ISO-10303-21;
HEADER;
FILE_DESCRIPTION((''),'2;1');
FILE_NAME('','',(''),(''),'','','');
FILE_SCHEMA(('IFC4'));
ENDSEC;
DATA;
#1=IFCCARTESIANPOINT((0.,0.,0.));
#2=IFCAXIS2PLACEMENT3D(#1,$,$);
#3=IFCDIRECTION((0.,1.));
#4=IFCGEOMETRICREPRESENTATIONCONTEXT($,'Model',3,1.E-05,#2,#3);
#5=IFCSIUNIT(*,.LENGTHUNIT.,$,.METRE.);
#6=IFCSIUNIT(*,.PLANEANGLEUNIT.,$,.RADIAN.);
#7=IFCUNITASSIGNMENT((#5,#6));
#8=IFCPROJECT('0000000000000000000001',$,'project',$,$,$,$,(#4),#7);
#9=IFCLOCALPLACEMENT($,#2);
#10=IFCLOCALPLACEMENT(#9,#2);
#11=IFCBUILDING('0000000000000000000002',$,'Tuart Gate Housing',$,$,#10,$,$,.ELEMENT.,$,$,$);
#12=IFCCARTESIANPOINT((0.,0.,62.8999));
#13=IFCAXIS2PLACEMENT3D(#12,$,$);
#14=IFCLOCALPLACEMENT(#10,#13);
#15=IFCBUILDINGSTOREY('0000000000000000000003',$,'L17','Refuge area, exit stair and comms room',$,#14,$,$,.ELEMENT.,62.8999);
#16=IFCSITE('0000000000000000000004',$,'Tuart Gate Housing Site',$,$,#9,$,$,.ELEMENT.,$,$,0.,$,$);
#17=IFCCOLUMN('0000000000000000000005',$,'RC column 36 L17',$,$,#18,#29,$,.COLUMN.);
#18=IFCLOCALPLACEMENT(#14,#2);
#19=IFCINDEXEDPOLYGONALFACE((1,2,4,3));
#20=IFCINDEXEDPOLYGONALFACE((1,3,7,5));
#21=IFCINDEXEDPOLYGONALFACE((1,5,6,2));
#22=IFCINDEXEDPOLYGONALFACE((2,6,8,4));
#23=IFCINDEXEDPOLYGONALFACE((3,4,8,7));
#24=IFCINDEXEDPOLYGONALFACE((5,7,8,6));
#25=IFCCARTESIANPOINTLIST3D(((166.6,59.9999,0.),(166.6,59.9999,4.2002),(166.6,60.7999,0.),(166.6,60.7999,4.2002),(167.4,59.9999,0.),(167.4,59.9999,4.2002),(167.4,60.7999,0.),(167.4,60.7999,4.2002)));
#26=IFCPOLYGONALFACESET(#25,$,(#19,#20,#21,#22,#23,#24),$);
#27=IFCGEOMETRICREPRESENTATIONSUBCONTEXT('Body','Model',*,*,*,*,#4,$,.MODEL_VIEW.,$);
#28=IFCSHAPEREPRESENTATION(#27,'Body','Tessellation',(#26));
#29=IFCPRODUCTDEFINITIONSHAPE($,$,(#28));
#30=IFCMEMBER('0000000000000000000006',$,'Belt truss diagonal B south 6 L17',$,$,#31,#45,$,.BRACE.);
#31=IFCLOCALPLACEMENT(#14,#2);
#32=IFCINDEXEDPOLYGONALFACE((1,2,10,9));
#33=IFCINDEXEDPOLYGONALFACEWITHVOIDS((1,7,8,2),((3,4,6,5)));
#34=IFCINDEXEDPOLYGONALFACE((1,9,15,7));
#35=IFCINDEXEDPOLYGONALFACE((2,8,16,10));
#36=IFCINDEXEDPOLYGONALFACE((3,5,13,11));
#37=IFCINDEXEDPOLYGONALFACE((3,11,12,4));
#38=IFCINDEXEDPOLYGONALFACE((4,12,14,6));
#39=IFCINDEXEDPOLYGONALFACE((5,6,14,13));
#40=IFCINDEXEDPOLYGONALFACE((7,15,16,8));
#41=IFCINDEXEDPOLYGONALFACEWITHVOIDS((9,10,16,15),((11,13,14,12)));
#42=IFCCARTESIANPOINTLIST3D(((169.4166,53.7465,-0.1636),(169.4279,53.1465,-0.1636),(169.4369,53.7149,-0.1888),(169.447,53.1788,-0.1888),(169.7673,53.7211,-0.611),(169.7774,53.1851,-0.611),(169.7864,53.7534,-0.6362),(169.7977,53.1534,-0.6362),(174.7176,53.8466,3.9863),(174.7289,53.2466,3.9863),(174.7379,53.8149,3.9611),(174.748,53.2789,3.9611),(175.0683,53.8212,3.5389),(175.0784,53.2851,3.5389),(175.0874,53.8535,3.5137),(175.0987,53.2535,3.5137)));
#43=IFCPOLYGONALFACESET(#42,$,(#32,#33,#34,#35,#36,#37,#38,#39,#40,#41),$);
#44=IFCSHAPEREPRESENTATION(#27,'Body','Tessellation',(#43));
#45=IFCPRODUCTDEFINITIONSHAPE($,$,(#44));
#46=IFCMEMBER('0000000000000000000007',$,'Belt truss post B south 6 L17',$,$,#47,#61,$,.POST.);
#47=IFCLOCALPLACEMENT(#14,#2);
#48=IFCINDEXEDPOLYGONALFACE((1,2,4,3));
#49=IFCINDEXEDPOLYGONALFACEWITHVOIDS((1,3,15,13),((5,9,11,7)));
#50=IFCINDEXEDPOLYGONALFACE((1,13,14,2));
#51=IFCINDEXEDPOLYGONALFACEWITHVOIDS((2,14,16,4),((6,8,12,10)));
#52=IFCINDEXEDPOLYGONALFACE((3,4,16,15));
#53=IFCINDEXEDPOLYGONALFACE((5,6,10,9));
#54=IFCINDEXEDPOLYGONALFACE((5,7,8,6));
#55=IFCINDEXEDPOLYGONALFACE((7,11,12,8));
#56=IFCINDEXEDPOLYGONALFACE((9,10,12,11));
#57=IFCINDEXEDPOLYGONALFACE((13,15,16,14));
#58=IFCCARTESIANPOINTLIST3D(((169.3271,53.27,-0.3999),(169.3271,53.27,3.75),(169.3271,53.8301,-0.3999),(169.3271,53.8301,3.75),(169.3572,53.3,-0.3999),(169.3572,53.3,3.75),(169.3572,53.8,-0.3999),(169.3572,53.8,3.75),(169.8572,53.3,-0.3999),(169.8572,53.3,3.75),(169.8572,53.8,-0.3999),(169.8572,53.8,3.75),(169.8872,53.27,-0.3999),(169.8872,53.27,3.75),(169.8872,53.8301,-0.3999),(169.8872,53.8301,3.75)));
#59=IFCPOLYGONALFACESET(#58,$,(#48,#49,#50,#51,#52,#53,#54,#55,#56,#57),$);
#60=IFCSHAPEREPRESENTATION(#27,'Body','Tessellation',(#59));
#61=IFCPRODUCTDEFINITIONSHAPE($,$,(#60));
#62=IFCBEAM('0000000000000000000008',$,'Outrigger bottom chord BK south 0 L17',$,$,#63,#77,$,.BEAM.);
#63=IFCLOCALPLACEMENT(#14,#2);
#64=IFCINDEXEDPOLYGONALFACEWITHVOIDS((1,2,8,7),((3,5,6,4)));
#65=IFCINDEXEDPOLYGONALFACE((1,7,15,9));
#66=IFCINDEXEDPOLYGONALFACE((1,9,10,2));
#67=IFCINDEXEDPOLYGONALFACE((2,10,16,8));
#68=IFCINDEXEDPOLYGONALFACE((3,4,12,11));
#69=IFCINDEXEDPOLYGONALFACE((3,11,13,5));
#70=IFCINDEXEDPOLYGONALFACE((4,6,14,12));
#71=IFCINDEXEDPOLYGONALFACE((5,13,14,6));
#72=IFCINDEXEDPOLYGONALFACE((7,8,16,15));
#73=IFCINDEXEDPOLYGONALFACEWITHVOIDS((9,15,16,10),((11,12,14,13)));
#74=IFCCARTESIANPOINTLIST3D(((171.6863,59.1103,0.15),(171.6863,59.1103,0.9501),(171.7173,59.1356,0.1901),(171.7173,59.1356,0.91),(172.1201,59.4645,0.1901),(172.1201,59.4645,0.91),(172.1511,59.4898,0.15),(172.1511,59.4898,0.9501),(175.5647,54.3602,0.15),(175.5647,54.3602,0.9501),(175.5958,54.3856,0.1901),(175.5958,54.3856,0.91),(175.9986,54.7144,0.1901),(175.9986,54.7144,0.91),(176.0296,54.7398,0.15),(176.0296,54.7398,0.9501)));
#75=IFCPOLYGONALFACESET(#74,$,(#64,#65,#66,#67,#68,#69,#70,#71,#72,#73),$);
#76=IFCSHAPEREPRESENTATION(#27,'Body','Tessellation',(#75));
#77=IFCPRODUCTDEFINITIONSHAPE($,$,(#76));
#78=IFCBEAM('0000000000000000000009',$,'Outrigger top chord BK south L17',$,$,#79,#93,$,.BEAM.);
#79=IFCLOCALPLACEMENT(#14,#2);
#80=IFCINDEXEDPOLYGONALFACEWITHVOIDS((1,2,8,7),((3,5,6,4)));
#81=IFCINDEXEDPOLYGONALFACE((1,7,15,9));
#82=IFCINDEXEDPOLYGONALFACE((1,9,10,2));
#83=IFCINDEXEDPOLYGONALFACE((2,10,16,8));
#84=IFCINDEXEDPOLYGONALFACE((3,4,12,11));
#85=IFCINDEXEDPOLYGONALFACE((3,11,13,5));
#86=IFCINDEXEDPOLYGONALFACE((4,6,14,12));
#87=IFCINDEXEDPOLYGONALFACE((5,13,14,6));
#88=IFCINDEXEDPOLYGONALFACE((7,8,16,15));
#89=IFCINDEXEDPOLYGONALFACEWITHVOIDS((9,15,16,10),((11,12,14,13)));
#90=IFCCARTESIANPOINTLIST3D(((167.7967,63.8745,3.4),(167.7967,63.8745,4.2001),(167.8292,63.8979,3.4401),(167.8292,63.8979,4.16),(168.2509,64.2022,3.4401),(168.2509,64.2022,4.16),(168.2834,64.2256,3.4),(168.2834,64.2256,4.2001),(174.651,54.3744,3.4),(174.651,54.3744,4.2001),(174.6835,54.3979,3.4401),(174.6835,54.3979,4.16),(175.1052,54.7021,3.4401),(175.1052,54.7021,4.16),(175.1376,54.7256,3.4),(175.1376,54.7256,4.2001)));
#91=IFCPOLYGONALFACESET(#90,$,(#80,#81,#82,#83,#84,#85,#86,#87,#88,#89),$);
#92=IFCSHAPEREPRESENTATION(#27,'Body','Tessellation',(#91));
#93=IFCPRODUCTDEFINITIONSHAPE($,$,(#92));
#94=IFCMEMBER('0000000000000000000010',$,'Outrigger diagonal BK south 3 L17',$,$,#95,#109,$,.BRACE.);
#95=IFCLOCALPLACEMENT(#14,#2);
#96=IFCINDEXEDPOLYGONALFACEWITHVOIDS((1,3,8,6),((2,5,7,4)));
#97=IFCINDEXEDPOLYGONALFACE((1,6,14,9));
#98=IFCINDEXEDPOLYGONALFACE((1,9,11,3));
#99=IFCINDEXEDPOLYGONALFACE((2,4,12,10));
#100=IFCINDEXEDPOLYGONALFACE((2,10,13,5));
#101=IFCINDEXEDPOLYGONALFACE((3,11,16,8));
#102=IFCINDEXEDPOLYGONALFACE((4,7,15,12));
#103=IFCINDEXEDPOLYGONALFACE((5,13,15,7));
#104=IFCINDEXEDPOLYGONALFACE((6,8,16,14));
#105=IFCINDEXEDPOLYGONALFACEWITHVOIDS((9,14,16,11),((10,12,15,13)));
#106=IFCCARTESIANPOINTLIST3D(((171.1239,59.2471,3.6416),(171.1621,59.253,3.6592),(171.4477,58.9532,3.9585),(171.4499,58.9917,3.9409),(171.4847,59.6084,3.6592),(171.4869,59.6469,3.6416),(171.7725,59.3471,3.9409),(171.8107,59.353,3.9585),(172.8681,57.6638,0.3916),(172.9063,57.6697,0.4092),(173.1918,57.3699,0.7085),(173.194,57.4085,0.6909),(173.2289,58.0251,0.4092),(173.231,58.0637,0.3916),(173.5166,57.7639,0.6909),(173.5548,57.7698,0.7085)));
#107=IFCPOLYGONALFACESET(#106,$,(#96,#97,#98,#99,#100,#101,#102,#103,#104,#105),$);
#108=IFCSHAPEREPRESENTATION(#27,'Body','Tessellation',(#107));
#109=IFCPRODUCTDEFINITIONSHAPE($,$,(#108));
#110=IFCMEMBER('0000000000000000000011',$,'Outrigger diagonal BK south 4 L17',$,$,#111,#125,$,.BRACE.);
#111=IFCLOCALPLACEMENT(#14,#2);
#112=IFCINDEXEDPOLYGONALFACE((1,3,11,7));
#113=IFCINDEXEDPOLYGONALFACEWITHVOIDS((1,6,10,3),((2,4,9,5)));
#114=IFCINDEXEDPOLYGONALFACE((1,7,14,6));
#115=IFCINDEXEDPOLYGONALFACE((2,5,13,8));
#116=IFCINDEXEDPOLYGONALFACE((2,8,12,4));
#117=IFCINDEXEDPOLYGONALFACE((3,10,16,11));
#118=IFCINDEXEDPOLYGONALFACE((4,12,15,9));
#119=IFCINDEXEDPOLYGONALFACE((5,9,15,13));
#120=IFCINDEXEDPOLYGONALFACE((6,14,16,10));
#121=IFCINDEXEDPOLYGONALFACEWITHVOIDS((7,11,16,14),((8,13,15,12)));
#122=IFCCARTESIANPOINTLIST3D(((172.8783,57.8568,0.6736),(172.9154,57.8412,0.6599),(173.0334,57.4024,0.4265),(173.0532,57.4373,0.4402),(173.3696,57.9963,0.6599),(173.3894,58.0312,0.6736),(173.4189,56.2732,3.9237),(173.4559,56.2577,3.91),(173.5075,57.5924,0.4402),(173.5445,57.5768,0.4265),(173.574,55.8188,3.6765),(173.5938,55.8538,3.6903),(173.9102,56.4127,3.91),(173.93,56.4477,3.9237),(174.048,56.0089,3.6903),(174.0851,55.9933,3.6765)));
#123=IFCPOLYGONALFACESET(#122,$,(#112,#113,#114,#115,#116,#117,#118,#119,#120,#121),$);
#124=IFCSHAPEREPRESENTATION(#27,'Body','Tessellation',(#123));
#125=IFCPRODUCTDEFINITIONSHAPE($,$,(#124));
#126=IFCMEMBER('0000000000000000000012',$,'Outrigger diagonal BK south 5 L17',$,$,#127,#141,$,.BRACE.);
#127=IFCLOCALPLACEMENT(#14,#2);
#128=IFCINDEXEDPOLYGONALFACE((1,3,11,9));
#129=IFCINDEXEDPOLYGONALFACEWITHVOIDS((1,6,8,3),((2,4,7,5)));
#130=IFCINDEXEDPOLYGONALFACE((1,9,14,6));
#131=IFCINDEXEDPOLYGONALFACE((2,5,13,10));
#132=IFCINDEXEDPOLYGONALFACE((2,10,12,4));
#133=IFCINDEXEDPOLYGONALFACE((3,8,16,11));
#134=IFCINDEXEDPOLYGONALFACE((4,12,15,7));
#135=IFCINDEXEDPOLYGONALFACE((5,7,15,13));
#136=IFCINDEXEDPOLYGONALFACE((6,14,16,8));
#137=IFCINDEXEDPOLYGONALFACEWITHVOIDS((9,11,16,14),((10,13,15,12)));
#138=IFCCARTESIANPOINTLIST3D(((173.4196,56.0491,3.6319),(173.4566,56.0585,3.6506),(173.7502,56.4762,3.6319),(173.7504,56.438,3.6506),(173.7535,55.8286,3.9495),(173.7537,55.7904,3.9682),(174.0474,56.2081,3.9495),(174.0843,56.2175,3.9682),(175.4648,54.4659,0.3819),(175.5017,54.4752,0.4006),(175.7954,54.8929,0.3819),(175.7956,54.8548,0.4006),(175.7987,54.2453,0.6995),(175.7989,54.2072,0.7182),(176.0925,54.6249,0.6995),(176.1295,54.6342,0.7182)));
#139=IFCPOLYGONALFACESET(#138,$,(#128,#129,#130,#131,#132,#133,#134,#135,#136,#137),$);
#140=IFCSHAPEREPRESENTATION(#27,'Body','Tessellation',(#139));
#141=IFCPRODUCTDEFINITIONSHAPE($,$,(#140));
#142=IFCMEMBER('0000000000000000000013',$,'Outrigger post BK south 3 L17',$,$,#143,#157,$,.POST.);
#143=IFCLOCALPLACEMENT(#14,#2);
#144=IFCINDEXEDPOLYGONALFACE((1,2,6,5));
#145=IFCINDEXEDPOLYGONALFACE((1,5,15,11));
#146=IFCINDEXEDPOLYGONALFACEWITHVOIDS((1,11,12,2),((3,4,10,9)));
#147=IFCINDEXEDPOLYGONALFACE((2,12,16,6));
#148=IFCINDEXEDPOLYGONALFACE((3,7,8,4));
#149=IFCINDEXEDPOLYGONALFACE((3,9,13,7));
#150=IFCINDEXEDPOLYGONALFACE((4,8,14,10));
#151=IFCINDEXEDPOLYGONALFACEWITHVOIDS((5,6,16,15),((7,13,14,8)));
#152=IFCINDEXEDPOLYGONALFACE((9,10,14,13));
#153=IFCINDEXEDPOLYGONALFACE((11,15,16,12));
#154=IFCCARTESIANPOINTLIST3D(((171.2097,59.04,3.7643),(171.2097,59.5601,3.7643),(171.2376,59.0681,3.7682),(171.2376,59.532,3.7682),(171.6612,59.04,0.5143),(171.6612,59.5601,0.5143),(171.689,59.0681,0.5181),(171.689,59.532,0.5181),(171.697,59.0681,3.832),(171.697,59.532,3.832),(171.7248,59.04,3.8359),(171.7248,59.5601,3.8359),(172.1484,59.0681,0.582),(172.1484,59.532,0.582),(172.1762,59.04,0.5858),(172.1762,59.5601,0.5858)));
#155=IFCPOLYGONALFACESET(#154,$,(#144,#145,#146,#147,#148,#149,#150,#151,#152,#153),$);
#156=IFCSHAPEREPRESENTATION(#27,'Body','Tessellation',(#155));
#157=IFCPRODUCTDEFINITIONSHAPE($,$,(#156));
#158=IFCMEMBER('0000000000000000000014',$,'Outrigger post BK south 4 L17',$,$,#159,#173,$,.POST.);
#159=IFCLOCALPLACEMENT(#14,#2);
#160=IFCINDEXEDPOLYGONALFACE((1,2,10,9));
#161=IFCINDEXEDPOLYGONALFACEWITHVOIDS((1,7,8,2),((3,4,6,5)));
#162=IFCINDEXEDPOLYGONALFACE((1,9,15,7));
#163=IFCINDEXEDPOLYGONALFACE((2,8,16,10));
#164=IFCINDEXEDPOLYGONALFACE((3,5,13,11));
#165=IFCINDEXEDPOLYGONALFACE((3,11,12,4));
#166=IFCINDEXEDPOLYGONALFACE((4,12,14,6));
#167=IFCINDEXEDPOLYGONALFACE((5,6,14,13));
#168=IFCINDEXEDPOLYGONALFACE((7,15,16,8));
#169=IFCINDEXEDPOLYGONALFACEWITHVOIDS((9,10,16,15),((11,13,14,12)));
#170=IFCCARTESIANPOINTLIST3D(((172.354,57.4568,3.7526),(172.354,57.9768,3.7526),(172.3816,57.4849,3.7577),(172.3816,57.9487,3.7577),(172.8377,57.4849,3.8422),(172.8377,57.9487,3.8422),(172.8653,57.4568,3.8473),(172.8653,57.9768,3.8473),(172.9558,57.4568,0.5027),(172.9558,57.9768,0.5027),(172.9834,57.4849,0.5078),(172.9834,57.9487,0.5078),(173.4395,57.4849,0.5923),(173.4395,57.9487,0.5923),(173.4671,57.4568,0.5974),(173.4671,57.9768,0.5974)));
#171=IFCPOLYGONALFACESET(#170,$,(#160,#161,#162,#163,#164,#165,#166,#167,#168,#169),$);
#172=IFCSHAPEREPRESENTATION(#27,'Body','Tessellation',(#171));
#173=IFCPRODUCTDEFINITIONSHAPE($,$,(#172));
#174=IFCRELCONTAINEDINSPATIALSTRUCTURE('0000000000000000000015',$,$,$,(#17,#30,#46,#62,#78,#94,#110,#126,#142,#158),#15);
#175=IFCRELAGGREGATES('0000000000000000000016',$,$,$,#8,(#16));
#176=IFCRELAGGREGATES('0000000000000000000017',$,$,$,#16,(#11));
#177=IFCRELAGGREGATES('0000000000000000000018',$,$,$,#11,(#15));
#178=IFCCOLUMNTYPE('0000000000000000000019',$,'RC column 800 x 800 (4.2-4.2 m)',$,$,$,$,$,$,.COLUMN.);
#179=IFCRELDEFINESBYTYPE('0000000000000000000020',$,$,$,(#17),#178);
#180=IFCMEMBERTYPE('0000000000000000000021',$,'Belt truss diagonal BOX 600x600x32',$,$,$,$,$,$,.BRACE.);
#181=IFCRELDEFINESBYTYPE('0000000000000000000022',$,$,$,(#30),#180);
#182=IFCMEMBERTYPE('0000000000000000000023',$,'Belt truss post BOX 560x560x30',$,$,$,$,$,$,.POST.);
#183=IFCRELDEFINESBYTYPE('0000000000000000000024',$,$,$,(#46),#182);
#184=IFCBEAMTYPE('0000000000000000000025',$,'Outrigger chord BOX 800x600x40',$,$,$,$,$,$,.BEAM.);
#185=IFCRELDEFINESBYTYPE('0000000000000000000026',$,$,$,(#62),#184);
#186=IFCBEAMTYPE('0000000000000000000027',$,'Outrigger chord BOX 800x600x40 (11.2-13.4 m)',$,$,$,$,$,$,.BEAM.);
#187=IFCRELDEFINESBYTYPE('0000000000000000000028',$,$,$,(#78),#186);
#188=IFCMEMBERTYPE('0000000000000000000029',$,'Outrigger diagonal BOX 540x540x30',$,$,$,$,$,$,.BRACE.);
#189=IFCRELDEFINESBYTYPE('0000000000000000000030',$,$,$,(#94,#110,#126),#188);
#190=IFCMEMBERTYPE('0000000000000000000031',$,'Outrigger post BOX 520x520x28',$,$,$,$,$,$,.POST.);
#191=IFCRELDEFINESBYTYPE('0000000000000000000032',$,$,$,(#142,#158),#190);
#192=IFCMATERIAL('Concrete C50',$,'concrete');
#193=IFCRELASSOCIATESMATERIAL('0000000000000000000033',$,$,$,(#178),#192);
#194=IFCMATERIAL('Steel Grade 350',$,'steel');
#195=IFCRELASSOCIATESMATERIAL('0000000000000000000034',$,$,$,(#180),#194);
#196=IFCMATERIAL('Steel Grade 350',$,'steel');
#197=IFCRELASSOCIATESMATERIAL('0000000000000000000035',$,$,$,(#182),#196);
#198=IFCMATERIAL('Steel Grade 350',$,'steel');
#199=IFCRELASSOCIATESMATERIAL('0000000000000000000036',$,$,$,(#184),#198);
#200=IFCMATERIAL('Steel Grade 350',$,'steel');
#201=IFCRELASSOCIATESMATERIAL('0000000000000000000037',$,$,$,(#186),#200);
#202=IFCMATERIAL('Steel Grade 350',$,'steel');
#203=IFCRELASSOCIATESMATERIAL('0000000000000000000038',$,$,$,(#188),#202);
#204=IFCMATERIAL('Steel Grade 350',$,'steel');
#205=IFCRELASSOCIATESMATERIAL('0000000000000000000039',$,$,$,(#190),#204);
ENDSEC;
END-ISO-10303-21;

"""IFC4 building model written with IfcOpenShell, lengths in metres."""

from ifc_helpers import new_model, si_unit, direction, frame, origin, origin_2d, place, context, subcontext, project, spatial, rectangle, hollow_rectangle, extrude, material, material_profile, profile_set, type_object, element, save


model = new_model("IFC4")

# Units and contexts
model_context = context("Model", 3, precision=1e-05, world=origin(), true_north=direction((0.0, 1.0)))
body_context = subcontext(model_context, "Body", "Model", "MODEL_VIEW")
ifc_project = project(units=[si_unit("LENGTHUNIT", "METRE"), si_unit("PLANEANGLEUNIT", "RADIAN")], contexts=[model_context])

# Site, building, storey
site_placement = place(None, origin())
site = spatial("IfcSite", under=ifc_project, at=site_placement, Name="Tuart Gate Housing Site", CompositionType="ELEMENT", RefElevation=0.0)
building_placement = place(site_placement, origin())
building = spatial("IfcBuilding", under=site, at=building_placement, Name="Tuart Gate Housing", CompositionType="ELEMENT")
storey_placement = place(building_placement, frame((0.0, 0.0, 62.8999)))
storey = spatial("IfcBuildingStorey", under=building, at=storey_placement, Name="L17", Description="Refuge area, exit stair and comms room", CompositionType="ELEMENT", Elevation=62.8999)

# Column
ifc_material_1 = material(Name="Concrete C50", Category="concrete")
ifc_material_profile_1 = material_profile(ifc_material_1, rectangle(XDim=0.8, YDim=0.8, at=origin_2d()), Name="RC column 800 x 800 (4.2-4.2 m)")
ifc_profile_set_1 = profile_set([ifc_material_profile_1], Name="Concrete C50")
column_type = type_object("IfcColumnType", Name="RC column 800 x 800 (4.2-4.2 m)", PredefinedType="COLUMN", material=ifc_profile_set_1)
column_placement = place(storey_placement, frame((167.0, 60.3999, 0.0), z_axis=(0.0, 0.0, 1.0), x_axis=(1.0, 0.0, 0.0)))
element("IfcColumn", 1, at=column_placement, inside=storey, type_object=column_type, Name="RC column 36 L17", PredefinedType="COLUMN", context=body_context, shape_type="SweptSolid", body=[
    extrude(rectangle(XDim=0.8, YDim=0.8, at=origin_2d()), origin(), (0.0, 0.0, 1.0), 4.2002),
])

# Members
ifc_material_2 = material(Name="Steel Grade 350", Category="steel")
ifc_material_profile_2 = material_profile(ifc_material_2, hollow_rectangle(XDim=0.6001, YDim=0.6001, WallThickness=0.032, at=origin_2d()), Name="BOX 600x600x32")
ifc_profile_set_2 = profile_set([ifc_material_profile_2], Name="Steel Grade 350")
member_type_1 = type_object("IfcMemberType", Name="Belt truss diagonal BOX 600x600x32", PredefinedType="BRACE", material=ifc_profile_set_2)
member_1_placement = place(storey_placement, frame((169.6072, 53.45, -0.3999), z_axis=(0.787326, 0.014867, 0.616357), x_axis=(-0.018879, 0.999822, 0.0)))
element("IfcMember", 2, at=member_1_placement, inside=storey, type_object=member_type_1, Name="Belt truss diagonal B south 6 L17", PredefinedType="BRACE", context=body_context, shape_type="SweptSolid", body=[
    extrude(hollow_rectangle(XDim=0.6001, YDim=0.6001, WallThickness=0.032, at=origin_2d()), origin(), (0.0, 0.0, 1.0), 6.7329),
])
ifc_material_3 = material(Name="Steel Grade 350", Category="steel")
ifc_material_profile_3 = material_profile(ifc_material_3, hollow_rectangle(XDim=0.5601, YDim=0.5601, WallThickness=0.03, at=origin_2d()), Name="BOX 560x560x30")
ifc_profile_set_3 = profile_set([ifc_material_profile_3], Name="Steel Grade 350")
member_type_2 = type_object("IfcMemberType", Name="Belt truss post BOX 560x560x30", PredefinedType="POST", material=ifc_profile_set_3)
member_2_placement = place(storey_placement, frame((169.6072, 53.55, -0.3999), z_axis=(0.0, 0.0, 1.0), x_axis=(1.0, 0.0, 0.0)))
element("IfcMember", 3, at=member_2_placement, inside=storey, type_object=member_type_2, Name="Belt truss post B south 6 L17", PredefinedType="POST", context=body_context, shape_type="SweptSolid", body=[
    extrude(hollow_rectangle(XDim=0.5601, YDim=0.5601, WallThickness=0.03, at=origin_2d()), origin(), (0.0, 0.0, 1.0), 4.1499),
])

# Beams
ifc_material_4 = material(Name="Steel Grade 350", Category="steel")
ifc_material_profile_4 = material_profile(ifc_material_4, hollow_rectangle(XDim=0.6001, YDim=0.8, WallThickness=0.04, at=origin_2d()), Name="BOX 800x600x40")
ifc_profile_set_4 = profile_set([ifc_material_profile_4], Name="Steel Grade 350")
beam_type_1 = type_object("IfcBeamType", Name="Outrigger chord BOX 800x600x40", PredefinedType="BEAM", material=ifc_profile_set_4)
beam_1_placement = place(storey_placement, frame((171.9187, 59.3, 0.55), z_axis=(0.632461, -0.774592, 0.0), x_axis=(0.774592, 0.632461, 0.0)))
element("IfcBeam", 4, at=beam_1_placement, inside=storey, type_object=beam_type_1, Name="Outrigger bottom chord BK south 0 L17", PredefinedType="BEAM", context=body_context, shape_type="SweptSolid", body=[
    extrude(hollow_rectangle(XDim=0.6001, YDim=0.8, WallThickness=0.04, at=origin_2d()), origin(), (0.0, 0.0, 1.0), 6.1323),
])
ifc_material_5 = material(Name="Steel Grade 350", Category="steel")
ifc_material_profile_5 = material_profile(ifc_material_5, hollow_rectangle(XDim=0.6001, YDim=0.8, WallThickness=0.04, at=origin_2d()), Name="BOX 800x600x40")
ifc_profile_set_5 = profile_set([ifc_material_profile_5], Name="Steel Grade 350")
beam_type_2 = type_object("IfcBeamType", Name="Outrigger chord BOX 800x600x40 (11.2-13.4 m)", PredefinedType="BEAM", material=ifc_profile_set_5)
beam_2_placement = place(storey_placement, frame((168.04, 64.05, 3.8), z_axis=(0.585105, -0.810957, 0.0), x_axis=(0.810957, 0.585105, 0.0)))
element("IfcBeam", 5, at=beam_2_placement, inside=storey, type_object=beam_type_2, Name="Outrigger top chord BK south L17", PredefinedType="BEAM", context=body_context, shape_type="SweptSolid", body=[
    extrude(hollow_rectangle(XDim=0.6001, YDim=0.8, WallThickness=0.04, at=origin_2d()), origin(), (0.0, 0.0, 1.0), 11.7146),
])

# Members
ifc_material_6 = material(Name="Steel Grade 350", Category="steel")
ifc_material_profile_6 = material_profile(ifc_material_6, hollow_rectangle(XDim=0.54, YDim=0.54, WallThickness=0.03, at=origin_2d()), Name="BOX 540x540x30")
ifc_profile_set_6 = profile_set([ifc_material_profile_6], Name="Steel Grade 350")
member_type_3 = type_object("IfcMemberType", Name="Outrigger diagonal BOX 540x540x30", PredefinedType="BRACE", material=ifc_profile_set_6)
member_3_placement = place(storey_placement, frame((171.4673, 59.3, 3.8), z_axis=(0.434528, -0.394445, -0.809691), x_axis=(0.672131, 0.740432, 0.0)))
element("IfcMember", 6, at=member_3_placement, inside=storey, type_object=member_type_3, Name="Outrigger diagonal BK south 3 L17", PredefinedType="BRACE", context=body_context, shape_type="SweptSolid", body=[
    extrude(hollow_rectangle(XDim=0.54, YDim=0.54, WallThickness=0.03, at=origin_2d()), origin(), (0.0, 0.0, 1.0), 4.0139),
])
member_4_placement = place(storey_placement, frame((173.2114, 57.7168, 0.55), z_axis=(0.14787, -0.433191, 0.88909), x_axis=(0.946383, 0.323048, 0.0)))
element("IfcMember", 7, at=member_4_placement, inside=storey, type_object=member_type_3, Name="Outrigger diagonal BK south 4 L17", PredefinedType="BRACE", context=body_context, shape_type="SweptSolid", body=[
    extrude(hollow_rectangle(XDim=0.54, YDim=0.54, WallThickness=0.03, at=origin_2d()), origin(), (0.0, 0.0, 1.0), 3.6555),
])
member_5_placement = place(storey_placement, frame((173.752, 56.1333, 3.8), z_axis=(0.492391, -0.381181, -0.782465), x_axis=(0.612148, 0.790743, 0.0)))
element("IfcMember", 8, at=member_5_placement, inside=storey, type_object=member_type_3, Name="Outrigger diagonal BK south 5 L17", PredefinedType="BRACE", context=body_context, shape_type="SweptSolid", body=[
    extrude(hollow_rectangle(XDim=0.54, YDim=0.54, WallThickness=0.03, at=origin_2d()), origin(), (0.0, 0.0, 1.0), 4.1536),
])
ifc_material_7 = material(Name="Steel Grade 350", Category="steel")
ifc_material_profile_7 = material_profile(ifc_material_7, hollow_rectangle(XDim=0.52, YDim=0.52, WallThickness=0.0281, at=origin_2d()), Name="BOX 520x520x28")
ifc_profile_set_7 = profile_set([ifc_material_profile_7], Name="Steel Grade 350")
member_type_4 = type_object("IfcMemberType", Name="Outrigger post BOX 520x520x28", PredefinedType="POST", material=ifc_profile_set_7)
member_6_placement = place(storey_placement, frame((171.9187, 59.3, 0.55), z_axis=(-0.137576, 0.0, 0.990491), x_axis=(0.0, -1.0, 0.0)))
element("IfcMember", 9, at=member_6_placement, inside=storey, type_object=member_type_4, Name="Outrigger post BK south 3 L17", PredefinedType="POST", context=body_context, shape_type="SweptSolid", body=[
    extrude(hollow_rectangle(XDim=0.52, YDim=0.52, WallThickness=0.0281, at=origin_2d()), origin(), (0.0, 0.0, 1.0), 3.2812),
])
member_7_placement = place(storey_placement, frame((173.2114, 57.7168, 0.55), z_axis=(-0.182076, 0.0, 0.983284), x_axis=(0.0, -1.0, 0.0)))
element("IfcMember", 10, at=member_7_placement, inside=storey, type_object=member_type_4, Name="Outrigger post BK south 4 L17", PredefinedType="POST", context=body_context, shape_type="SweptSolid", body=[
    extrude(hollow_rectangle(XDim=0.52, YDim=0.52, WallThickness=0.0281, at=origin_2d()), origin(), (0.0, 0.0, 1.0), 3.3052),
])

save(model, "model.ifc")
